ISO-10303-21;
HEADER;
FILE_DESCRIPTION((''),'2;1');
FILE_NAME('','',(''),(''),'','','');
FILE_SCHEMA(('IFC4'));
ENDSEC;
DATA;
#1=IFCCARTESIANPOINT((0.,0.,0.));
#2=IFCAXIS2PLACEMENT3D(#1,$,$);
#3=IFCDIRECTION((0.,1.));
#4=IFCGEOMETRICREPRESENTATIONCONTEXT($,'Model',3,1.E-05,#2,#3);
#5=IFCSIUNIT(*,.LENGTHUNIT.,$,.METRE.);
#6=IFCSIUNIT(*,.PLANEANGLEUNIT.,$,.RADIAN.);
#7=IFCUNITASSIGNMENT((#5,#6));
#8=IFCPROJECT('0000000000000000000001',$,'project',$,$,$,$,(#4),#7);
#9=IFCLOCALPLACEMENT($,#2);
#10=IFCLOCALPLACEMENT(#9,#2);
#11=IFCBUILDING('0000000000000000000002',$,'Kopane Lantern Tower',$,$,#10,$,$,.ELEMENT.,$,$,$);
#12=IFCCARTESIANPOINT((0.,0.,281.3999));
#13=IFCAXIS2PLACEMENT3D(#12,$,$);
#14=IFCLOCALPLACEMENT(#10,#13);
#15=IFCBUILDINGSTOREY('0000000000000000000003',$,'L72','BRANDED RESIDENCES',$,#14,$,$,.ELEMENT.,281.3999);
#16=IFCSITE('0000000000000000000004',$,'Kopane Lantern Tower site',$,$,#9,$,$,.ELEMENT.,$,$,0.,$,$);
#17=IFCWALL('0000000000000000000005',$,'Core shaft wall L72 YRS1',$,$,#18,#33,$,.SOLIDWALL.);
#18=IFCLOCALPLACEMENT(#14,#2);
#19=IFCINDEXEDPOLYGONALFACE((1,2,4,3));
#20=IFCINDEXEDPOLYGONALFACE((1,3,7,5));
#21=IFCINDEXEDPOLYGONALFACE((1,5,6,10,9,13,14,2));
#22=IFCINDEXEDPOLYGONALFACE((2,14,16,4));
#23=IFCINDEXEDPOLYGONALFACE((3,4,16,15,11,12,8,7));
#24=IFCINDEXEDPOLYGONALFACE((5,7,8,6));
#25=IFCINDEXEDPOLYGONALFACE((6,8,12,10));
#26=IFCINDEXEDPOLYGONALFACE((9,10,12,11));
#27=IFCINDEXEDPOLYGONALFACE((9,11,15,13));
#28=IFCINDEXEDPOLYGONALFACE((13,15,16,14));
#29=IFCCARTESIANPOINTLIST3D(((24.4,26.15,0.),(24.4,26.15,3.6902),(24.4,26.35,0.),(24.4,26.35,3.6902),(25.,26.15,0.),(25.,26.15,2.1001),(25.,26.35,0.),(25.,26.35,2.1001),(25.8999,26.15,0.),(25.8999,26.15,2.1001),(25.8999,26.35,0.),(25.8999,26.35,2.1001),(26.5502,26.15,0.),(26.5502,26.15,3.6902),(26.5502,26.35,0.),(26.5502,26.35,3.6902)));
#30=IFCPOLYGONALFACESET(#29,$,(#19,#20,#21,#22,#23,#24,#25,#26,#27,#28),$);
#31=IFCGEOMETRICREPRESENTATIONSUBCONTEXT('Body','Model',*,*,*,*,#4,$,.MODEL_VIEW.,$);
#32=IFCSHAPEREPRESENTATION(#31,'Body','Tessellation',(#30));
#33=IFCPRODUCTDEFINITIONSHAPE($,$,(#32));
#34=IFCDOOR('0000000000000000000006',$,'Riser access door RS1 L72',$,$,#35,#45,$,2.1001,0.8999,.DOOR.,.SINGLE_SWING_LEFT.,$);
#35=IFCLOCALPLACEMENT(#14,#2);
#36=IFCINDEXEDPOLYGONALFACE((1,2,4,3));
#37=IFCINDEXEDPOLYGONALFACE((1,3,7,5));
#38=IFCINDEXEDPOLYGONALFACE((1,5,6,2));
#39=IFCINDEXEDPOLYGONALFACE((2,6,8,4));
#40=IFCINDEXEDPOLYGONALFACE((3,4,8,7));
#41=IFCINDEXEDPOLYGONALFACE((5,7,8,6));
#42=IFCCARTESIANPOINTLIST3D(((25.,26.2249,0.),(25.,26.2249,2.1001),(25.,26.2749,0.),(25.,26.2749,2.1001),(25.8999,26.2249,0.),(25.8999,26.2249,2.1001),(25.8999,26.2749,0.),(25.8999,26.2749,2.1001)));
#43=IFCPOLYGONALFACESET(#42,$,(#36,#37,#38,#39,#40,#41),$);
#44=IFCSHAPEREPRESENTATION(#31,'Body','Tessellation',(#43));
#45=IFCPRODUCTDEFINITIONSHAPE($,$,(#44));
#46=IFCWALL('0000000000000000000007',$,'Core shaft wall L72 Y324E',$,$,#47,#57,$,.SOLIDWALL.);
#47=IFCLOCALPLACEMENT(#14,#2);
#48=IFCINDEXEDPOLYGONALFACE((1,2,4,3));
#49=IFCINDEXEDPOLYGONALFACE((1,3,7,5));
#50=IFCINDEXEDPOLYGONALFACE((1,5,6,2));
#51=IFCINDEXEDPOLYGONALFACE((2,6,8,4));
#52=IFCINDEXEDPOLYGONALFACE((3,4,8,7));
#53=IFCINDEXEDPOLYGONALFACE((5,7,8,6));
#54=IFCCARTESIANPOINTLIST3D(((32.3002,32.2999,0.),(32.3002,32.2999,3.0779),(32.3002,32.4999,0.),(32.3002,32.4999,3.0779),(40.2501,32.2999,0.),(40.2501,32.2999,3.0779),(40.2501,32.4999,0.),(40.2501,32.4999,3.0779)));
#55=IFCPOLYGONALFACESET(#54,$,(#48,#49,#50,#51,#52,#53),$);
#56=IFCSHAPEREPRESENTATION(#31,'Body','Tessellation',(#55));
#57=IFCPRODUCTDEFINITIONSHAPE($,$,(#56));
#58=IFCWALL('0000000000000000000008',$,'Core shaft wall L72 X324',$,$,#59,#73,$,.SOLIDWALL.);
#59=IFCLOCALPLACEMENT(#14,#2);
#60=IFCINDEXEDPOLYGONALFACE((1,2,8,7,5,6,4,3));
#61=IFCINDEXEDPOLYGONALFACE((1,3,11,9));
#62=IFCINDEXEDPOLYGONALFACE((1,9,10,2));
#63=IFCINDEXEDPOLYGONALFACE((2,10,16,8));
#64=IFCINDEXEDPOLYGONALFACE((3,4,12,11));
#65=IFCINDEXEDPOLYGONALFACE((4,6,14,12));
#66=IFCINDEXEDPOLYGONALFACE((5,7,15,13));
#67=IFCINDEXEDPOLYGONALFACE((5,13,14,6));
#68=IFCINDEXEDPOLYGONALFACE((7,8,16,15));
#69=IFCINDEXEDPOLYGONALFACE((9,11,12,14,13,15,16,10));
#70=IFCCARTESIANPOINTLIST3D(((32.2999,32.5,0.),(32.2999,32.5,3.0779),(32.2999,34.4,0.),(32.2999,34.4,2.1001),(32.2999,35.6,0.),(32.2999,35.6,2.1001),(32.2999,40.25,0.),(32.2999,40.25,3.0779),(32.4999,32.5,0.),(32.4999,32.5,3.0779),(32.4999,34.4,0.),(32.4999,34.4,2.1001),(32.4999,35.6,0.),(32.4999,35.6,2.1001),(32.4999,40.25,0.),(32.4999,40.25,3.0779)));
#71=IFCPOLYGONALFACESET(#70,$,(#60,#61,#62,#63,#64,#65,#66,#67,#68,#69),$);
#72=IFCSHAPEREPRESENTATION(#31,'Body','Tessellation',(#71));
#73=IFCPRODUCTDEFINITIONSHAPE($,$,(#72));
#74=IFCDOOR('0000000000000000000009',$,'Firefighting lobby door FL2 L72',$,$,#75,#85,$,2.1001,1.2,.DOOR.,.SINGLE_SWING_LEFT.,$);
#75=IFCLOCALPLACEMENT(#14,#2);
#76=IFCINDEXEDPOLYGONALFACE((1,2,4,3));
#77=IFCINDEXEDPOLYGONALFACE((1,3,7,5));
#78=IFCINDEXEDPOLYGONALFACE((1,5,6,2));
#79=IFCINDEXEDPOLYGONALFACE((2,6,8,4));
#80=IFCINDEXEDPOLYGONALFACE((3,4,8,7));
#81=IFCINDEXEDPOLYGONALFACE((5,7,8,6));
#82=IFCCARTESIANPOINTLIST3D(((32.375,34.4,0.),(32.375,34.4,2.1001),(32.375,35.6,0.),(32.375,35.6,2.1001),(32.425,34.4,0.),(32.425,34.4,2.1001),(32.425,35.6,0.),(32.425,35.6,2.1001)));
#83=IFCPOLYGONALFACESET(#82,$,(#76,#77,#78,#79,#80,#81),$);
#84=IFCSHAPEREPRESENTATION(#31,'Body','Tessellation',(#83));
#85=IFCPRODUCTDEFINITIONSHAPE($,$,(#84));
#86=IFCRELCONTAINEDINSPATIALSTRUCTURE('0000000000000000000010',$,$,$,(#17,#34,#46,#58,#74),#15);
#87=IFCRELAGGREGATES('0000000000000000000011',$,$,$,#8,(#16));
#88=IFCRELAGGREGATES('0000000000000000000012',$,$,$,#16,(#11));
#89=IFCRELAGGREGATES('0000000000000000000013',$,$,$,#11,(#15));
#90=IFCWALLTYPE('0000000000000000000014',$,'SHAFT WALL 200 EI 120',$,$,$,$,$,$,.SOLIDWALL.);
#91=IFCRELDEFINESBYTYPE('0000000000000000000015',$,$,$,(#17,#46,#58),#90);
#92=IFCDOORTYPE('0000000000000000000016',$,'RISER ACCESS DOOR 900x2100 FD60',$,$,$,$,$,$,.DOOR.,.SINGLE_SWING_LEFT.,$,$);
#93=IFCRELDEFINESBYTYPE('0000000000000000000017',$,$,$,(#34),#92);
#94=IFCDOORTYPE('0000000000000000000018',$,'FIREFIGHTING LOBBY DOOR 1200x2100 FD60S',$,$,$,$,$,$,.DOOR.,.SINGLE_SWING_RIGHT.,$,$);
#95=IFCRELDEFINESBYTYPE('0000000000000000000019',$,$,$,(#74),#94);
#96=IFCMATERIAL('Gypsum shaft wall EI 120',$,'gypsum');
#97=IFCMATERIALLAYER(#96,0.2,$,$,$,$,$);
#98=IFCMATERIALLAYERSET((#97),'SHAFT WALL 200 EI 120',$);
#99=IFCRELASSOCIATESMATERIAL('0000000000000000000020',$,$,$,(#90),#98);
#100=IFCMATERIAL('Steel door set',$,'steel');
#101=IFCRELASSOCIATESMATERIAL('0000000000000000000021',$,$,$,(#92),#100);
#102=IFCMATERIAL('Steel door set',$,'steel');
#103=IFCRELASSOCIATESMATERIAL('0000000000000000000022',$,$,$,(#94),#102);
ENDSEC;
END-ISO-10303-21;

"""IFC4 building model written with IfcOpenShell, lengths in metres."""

from ifc_helpers import new_model, si_unit, direction, frame, frame_2d, origin, place, context, subcontext, project, spatial, rectangle, extrude, material, layer, layer_set, type_object, element, fill, save


model = new_model("IFC4")

# Units and contexts
model_context = context("Model", 3, precision=1e-05, world=origin(), true_north=direction((0.0, 1.0)))
body_context = subcontext(model_context, "Body", "Model", "MODEL_VIEW")
ifc_project = project(units=[si_unit("LENGTHUNIT", "METRE"), si_unit("PLANEANGLEUNIT", "RADIAN")], contexts=[model_context])

# Site, building, storey
site_placement = place(None, origin())
site = spatial("IfcSite", under=ifc_project, at=site_placement, Name="Kopane Lantern Tower site", CompositionType="ELEMENT", RefElevation=0.0)
building_placement = place(site_placement, origin())
building = spatial("IfcBuilding", under=site, at=building_placement, Name="Kopane Lantern Tower", CompositionType="ELEMENT")
storey_placement = place(building_placement, frame((0.0, 0.0, 281.3999)))
storey = spatial("IfcBuildingStorey", under=building, at=storey_placement, Name="L72", Description="BRANDED RESIDENCES", CompositionType="ELEMENT", Elevation=281.3999)

# Shared definitions
ifc_material_1 = material(Name="Gypsum shaft wall EI 120", Category="gypsum")
ifc_layer_1 = layer(ifc_material_1, 0.2)
ifc_layer_set_1 = layer_set([ifc_layer_1], Name="SHAFT WALL 200 EI 120")
wall_type_1 = type_object("IfcWallType", Name="SHAFT WALL 200 EI 120", PredefinedType="SOLIDWALL", material=ifc_layer_set_1)

# Wall, opening, door
wall_1_placement = place(storey_placement, frame((24.3999, 26.25, 0.0), z_axis=(0.0, 0.0, 1.0), x_axis=(1.0, 0.0, 0.0)))
wall_1 = element("IfcWall", 1, at=wall_1_placement, inside=storey, type_object=wall_type_1, Name="Core shaft wall L72 YRS1", PredefinedType="SOLIDWALL", context=body_context, shape_type="SweptSolid", body=[
    extrude(rectangle(XDim=2.1501, YDim=0.2, at=frame_2d((1.0752, 0.0))), origin(), (0.0, 0.0, 1.0), 3.6902),
])
opening_1_placement = place(wall_1_placement, frame((0.6001, 0.0, 0.0)))
opening_1 = element("IfcOpeningElement", 2, at=opening_1_placement, cuts=wall_1, PredefinedType="OPENING", context=body_context, shape_type="SweptSolid", body=[
    extrude(rectangle(XDim=0.8999, YDim=2.1001, at=frame_2d((0.45, 1.05))), frame((0.0, 0.1099, 0.0), z_axis=(0.0, -1.0, 0.0), x_axis=(1.0, 0.0, 0.0)), (0.0, 0.0, 1.0), 0.22),
])
ifc_material_2 = material(Name="Steel door set", Category="steel")
door_type_1 = type_object("IfcDoorType", Name="RISER ACCESS DOOR 900x2100 FD60", OperationType="SINGLE_SWING_LEFT", PredefinedType="DOOR", material=ifc_material_2)
door_1_placement = place(opening_1_placement, origin())
door_1 = element("IfcDoor", 3, at=door_1_placement, inside=storey, type_object=door_type_1, Name="Riser access door RS1 L72", OperationType="SINGLE_SWING_LEFT", OverallHeight=2.1001, OverallWidth=0.8999, PredefinedType="DOOR", context=body_context, shape_type="SweptSolid", body=[
    extrude(rectangle(XDim=0.8999, YDim=2.1001, at=frame_2d((0.45, 1.05))), frame((0.0, 0.0249, 0.0), z_axis=(0.0, -1.0, 0.0), x_axis=(1.0, 0.0, 0.0)), (0.0, 0.0, 1.0), 0.05),
])
fill(opening_1, door_1)

# Wall
wall_2_placement = place(storey_placement, frame((32.3, 32.3999, 0.0), z_axis=(0.0, 0.0, 1.0), x_axis=(1.0, 0.0, 0.0)))
element("IfcWall", 4, at=wall_2_placement, inside=storey, type_object=wall_type_1, Name="Core shaft wall L72 Y324E", PredefinedType="SOLIDWALL", context=body_context, shape_type="SweptSolid", body=[
    extrude(rectangle(XDim=7.95, YDim=0.2, at=frame_2d((3.9751, 0.0))), origin(), (0.0, 0.0, 1.0), 3.0779),
])

# Wall, opening, door
wall_3_placement = place(storey_placement, frame((32.3999, 32.5, 0.0), z_axis=(0.0, 0.0, 1.0), x_axis=(0.0, 1.0, 0.0)))
wall_3 = element("IfcWall", 5, at=wall_3_placement, inside=storey, type_object=wall_type_1, Name="Core shaft wall L72 X324", PredefinedType="SOLIDWALL", context=body_context, shape_type="SweptSolid", body=[
    extrude(rectangle(XDim=7.75, YDim=0.2, at=frame_2d((3.875, 0.0))), origin(), (0.0, 0.0, 1.0), 3.0779),
])
opening_2_placement = place(wall_3_placement, frame((1.8999, 0.0, 0.0)))
opening_2 = element("IfcOpeningElement", 6, at=opening_2_placement, cuts=wall_3, PredefinedType="OPENING", context=body_context, shape_type="SweptSolid", body=[
    extrude(rectangle(XDim=1.2, YDim=2.1001, at=frame_2d((0.6001, 1.05))), frame((0.0, 0.1099, 0.0), z_axis=(0.0, -1.0, 0.0), x_axis=(1.0, 0.0, 0.0)), (0.0, 0.0, 1.0), 0.22),
])
ifc_material_3 = material(Name="Steel door set", Category="steel")
door_type_2 = type_object("IfcDoorType", Name="FIREFIGHTING LOBBY DOOR 1200x2100 FD60S", OperationType="SINGLE_SWING_RIGHT", PredefinedType="DOOR", material=ifc_material_3)
door_2_placement = place(opening_2_placement, origin())
door_2 = element("IfcDoor", 7, at=door_2_placement, inside=storey, type_object=door_type_2, Name="Firefighting lobby door FL2 L72", OperationType="SINGLE_SWING_LEFT", OverallHeight=2.1001, OverallWidth=1.2, PredefinedType="DOOR", context=body_context, shape_type="SweptSolid", body=[
    extrude(rectangle(XDim=1.2, YDim=2.1001, at=frame_2d((0.6001, 1.05))), frame((0.0, 0.0249, 0.0), z_axis=(0.0, -1.0, 0.0), x_axis=(1.0, 0.0, 0.0)), (0.0, 0.0, 1.0), 0.05),
])
fill(opening_2, door_2)

save(model, "model.ifc")
